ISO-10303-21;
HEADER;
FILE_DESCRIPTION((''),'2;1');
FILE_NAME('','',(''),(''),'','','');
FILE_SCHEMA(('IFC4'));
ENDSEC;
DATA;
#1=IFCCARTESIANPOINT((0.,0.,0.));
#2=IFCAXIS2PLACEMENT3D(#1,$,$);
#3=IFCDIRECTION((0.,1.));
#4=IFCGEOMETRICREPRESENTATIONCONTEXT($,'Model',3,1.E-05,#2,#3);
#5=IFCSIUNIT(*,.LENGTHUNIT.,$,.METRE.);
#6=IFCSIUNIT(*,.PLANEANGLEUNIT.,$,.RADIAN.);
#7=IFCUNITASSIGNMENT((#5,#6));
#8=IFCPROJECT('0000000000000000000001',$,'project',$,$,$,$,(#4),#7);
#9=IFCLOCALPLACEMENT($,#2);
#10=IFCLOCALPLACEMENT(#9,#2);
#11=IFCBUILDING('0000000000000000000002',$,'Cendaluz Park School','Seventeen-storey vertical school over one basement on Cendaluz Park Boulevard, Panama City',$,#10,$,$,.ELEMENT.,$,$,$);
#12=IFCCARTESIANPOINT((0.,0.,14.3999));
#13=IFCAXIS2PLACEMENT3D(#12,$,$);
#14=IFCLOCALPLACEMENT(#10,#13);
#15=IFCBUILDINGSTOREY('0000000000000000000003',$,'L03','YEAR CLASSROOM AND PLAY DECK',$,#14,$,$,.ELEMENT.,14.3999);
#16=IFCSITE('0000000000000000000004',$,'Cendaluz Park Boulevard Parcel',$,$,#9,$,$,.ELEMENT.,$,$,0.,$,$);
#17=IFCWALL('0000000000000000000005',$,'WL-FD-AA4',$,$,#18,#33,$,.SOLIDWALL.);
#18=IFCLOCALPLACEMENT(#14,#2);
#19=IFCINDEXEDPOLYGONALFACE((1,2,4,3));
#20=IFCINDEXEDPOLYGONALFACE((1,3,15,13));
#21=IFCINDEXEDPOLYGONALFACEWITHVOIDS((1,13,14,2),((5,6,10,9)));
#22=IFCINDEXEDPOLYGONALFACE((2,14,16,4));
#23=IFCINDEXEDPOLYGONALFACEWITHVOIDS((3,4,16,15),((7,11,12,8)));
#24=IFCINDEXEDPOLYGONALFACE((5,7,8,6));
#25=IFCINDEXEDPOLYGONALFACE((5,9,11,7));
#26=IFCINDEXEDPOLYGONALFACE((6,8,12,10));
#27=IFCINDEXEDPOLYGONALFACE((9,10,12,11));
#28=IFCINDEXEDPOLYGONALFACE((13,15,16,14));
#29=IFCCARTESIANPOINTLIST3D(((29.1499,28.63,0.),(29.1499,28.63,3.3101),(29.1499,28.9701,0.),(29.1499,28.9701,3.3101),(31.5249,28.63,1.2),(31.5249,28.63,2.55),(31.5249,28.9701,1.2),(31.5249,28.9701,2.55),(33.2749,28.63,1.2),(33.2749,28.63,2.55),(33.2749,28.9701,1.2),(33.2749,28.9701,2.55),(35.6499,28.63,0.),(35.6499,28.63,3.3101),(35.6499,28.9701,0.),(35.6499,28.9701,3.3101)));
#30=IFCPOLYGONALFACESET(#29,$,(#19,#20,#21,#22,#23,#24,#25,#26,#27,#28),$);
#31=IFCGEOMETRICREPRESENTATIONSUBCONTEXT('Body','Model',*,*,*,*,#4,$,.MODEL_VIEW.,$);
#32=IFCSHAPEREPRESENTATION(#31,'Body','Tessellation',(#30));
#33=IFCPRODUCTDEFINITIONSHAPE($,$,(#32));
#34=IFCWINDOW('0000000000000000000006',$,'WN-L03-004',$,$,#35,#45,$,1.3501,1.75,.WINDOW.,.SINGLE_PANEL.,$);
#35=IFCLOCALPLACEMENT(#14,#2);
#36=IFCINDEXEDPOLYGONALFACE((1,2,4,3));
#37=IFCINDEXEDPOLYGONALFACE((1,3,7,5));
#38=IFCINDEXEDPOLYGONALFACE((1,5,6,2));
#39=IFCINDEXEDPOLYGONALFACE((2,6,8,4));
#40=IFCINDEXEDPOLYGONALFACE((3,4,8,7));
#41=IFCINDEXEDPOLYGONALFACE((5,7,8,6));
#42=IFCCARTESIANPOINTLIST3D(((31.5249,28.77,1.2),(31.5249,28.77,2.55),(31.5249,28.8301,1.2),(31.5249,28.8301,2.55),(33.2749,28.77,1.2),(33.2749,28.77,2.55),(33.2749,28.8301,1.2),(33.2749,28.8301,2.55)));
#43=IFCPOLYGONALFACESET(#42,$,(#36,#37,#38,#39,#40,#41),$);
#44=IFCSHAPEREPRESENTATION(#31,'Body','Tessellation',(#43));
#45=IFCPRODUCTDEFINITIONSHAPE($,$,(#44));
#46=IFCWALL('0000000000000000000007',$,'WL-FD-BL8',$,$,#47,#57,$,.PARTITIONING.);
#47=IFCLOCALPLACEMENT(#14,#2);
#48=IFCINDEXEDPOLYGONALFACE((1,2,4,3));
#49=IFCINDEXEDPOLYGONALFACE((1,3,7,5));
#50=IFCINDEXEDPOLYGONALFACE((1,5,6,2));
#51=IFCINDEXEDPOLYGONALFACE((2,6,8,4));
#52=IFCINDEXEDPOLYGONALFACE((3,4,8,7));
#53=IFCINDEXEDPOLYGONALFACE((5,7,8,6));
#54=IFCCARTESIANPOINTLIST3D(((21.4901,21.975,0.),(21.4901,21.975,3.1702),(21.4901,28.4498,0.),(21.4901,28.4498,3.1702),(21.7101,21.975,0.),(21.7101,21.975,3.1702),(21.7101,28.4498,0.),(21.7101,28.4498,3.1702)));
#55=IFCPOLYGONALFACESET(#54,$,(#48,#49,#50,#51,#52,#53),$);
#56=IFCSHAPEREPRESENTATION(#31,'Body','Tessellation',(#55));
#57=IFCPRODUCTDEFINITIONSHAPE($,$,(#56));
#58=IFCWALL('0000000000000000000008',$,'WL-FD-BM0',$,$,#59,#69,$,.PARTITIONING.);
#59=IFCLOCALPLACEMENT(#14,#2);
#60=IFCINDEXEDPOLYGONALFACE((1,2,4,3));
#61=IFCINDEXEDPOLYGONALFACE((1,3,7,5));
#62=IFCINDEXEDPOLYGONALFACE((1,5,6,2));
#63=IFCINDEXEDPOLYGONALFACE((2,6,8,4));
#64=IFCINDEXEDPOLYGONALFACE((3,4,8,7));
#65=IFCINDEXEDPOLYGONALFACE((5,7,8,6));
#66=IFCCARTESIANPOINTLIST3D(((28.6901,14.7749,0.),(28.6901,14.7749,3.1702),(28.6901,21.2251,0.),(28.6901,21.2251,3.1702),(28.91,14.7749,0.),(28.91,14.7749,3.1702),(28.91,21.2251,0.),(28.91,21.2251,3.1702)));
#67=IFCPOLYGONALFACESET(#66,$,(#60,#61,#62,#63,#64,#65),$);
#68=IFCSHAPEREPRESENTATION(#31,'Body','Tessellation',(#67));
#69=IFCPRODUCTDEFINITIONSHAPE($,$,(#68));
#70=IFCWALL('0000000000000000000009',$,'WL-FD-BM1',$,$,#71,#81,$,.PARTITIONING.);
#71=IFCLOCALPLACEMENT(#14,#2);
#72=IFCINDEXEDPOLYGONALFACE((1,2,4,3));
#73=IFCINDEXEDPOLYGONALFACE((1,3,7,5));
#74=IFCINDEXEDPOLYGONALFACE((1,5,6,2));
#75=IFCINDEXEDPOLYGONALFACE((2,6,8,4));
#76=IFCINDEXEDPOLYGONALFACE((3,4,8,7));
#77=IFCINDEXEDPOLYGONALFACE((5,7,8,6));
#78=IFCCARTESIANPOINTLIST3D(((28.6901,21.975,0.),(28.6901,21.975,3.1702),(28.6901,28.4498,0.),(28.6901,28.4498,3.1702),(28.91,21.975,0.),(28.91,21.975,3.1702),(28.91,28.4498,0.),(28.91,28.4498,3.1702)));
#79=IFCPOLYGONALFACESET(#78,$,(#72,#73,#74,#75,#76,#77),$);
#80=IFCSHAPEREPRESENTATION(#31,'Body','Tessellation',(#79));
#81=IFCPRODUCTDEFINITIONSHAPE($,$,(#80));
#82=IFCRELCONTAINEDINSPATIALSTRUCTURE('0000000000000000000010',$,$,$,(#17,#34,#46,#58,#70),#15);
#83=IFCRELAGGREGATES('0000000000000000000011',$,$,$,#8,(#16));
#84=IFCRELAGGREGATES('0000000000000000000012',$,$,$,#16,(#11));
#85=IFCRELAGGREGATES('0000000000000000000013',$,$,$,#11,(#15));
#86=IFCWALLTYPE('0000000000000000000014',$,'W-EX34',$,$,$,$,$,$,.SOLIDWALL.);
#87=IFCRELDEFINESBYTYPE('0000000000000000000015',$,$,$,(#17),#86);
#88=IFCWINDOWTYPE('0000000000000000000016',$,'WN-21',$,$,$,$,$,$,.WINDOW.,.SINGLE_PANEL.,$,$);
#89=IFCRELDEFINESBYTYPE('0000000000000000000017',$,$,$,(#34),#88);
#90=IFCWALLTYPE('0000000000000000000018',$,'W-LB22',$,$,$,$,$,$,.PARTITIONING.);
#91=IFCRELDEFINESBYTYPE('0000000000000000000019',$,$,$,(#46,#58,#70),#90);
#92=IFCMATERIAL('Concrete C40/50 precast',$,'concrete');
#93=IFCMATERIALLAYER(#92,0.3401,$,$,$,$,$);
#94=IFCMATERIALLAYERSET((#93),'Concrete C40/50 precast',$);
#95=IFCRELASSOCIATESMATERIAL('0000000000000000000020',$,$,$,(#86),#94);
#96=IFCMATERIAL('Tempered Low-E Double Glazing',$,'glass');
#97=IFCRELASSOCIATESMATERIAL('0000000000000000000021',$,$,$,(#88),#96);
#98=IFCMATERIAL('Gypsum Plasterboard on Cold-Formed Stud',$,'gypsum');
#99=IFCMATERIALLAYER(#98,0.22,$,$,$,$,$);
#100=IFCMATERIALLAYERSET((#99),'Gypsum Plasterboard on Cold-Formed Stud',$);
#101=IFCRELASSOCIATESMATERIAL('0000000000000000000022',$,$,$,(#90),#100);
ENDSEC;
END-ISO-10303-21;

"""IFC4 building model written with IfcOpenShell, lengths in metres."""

from ifc_helpers import new_model, si_unit, direction, frame, frame_2d, origin, place, context, subcontext, project, spatial, rectangle, extrude, material, layer, layer_set, type_object, element, fill, save


model = new_model("IFC4")

# Units and contexts
model_context = context("Model", 3, precision=1e-05, world=origin(), true_north=direction((0.0, 1.0)))
body_context = subcontext(model_context, "Body", "Model", "MODEL_VIEW")
ifc_project = project(units=[si_unit("LENGTHUNIT", "METRE"), si_unit("PLANEANGLEUNIT", "RADIAN")], contexts=[model_context])

# Site, building, storey
site_placement = place(None, origin())
site = spatial("IfcSite", under=ifc_project, at=site_placement, Name="Cendaluz Park Boulevard Parcel", CompositionType="ELEMENT", RefElevation=0.0)
building_placement = place(site_placement, origin())
building = spatial("IfcBuilding", under=site, at=building_placement, Name="Cendaluz Park School", Description="Seventeen-storey vertical school over one basement on Cendaluz Park Boulevard, Panama City", CompositionType="ELEMENT")
storey_placement = place(building_placement, frame((0.0, 0.0, 14.3999)))
storey = spatial("IfcBuildingStorey", under=building, at=storey_placement, Name="L03", Description="YEAR CLASSROOM AND PLAY DECK", CompositionType="ELEMENT", Elevation=14.3999)

# Shared definitions
ifc_material_1 = material(Name="Tempered Low-E Double Glazing", Category="glass")

# Wall, opening, window
ifc_material_2 = material(Name="Concrete C40/50 precast", Category="concrete")
ifc_layer_1 = layer(ifc_material_2, 0.3401)
ifc_layer_set_1 = layer_set([ifc_layer_1], Name="Concrete C40/50 precast")
wall_type_1 = type_object("IfcWallType", Name="W-EX34", PredefinedType="SOLIDWALL", material=ifc_layer_set_1)
wall_1_placement = place(storey_placement, frame((29.1499, 28.8, 0.0), z_axis=(0.0, 0.0, 1.0), x_axis=(1.0, 0.0, 0.0)))
wall_1 = element("IfcWall", 1, at=wall_1_placement, inside=storey, type_object=wall_type_1, Name="WL-FD-AA4", PredefinedType="SOLIDWALL", context=body_context, shape_type="SweptSolid", body=[
    extrude(rectangle(XDim=6.5, YDim=0.3401, at=frame_2d((3.25, 0.0))), origin(), (0.0, 0.0, 1.0), 3.3101),
])
opening_placement = place(wall_1_placement, frame((2.375, 0.0, 1.2)))
opening = element("IfcOpeningElement", 2, at=opening_placement, cuts=wall_1, PredefinedType="OPENING", context=body_context, shape_type="SweptSolid", body=[
    extrude(rectangle(XDim=1.75, YDim=1.3501, at=frame_2d((0.875, 0.675))), frame((0.0, 0.1821, 0.0), z_axis=(0.0, -1.0, 0.0), x_axis=(1.0, 0.0, 0.0)), (0.0, 0.0, 1.0), 0.364),
])
window_type = type_object("IfcWindowType", Name="WN-21", PartitioningType="SINGLE_PANEL", PredefinedType="WINDOW", material=ifc_material_1)
window_placement = place(opening_placement, origin())
window = element("IfcWindow", 3, at=window_placement, inside=storey, type_object=window_type, Name="WN-L03-004", OverallHeight=1.3501, OverallWidth=1.75, PartitioningType="SINGLE_PANEL", PredefinedType="WINDOW", context=body_context, shape_type="SweptSolid", body=[
    extrude(rectangle(XDim=1.75, YDim=1.3501, at=frame_2d((0.875, 0.675))), frame((0.0, 0.03, 0.0), z_axis=(0.0, -1.0, 0.0), x_axis=(1.0, 0.0, 0.0)), (0.0, 0.0, 1.0), 0.0601),
])
fill(opening, window)

# Walls
ifc_material_3 = material(Name="Gypsum Plasterboard on Cold-Formed Stud", Category="gypsum")
ifc_layer_2 = layer(ifc_material_3, 0.22)
ifc_layer_set_2 = layer_set([ifc_layer_2], Name="Gypsum Plasterboard on Cold-Formed Stud")
wall_type_2 = type_object("IfcWallType", Name="W-LB22", PredefinedType="PARTITIONING", material=ifc_layer_set_2)
wall_2_placement = place(storey_placement, frame((21.6001, 21.9751, 0.0), z_axis=(0.0, 0.0, 1.0), x_axis=(0.0, 1.0, 0.0)))
element("IfcWall", 4, at=wall_2_placement, inside=storey, type_object=wall_type_2, Name="WL-FD-BL8", PredefinedType="PARTITIONING", context=body_context, shape_type="SweptSolid", body=[
    extrude(rectangle(XDim=6.4749, YDim=0.22, at=frame_2d((3.2373, 0.0))), origin(), (0.0, 0.0, 1.0), 3.1702),
])
wall_3_placement = place(storey_placement, frame((28.8, 14.7749, 0.0), z_axis=(0.0, 0.0, 1.0), x_axis=(0.0, 1.0, 0.0)))
element("IfcWall", 5, at=wall_3_placement, inside=storey, type_object=wall_type_2, Name="WL-FD-BM0", PredefinedType="PARTITIONING", context=body_context, shape_type="SweptSolid", body=[
    extrude(rectangle(XDim=6.4502, YDim=0.22, at=frame_2d((3.2251, 0.0))), origin(), (0.0, 0.0, 1.0), 3.1702),
])
wall_4_placement = place(storey_placement, frame((28.8, 21.9751, 0.0), z_axis=(0.0, 0.0, 1.0), x_axis=(0.0, 1.0, 0.0)))
element("IfcWall", 6, at=wall_4_placement, inside=storey, type_object=wall_type_2, Name="WL-FD-BM1", PredefinedType="PARTITIONING", context=body_context, shape_type="SweptSolid", body=[
    extrude(rectangle(XDim=6.4749, YDim=0.22, at=frame_2d((3.2373, 0.0))), origin(), (0.0, 0.0, 1.0), 3.1702),
])

save(model, "model.ifc")
